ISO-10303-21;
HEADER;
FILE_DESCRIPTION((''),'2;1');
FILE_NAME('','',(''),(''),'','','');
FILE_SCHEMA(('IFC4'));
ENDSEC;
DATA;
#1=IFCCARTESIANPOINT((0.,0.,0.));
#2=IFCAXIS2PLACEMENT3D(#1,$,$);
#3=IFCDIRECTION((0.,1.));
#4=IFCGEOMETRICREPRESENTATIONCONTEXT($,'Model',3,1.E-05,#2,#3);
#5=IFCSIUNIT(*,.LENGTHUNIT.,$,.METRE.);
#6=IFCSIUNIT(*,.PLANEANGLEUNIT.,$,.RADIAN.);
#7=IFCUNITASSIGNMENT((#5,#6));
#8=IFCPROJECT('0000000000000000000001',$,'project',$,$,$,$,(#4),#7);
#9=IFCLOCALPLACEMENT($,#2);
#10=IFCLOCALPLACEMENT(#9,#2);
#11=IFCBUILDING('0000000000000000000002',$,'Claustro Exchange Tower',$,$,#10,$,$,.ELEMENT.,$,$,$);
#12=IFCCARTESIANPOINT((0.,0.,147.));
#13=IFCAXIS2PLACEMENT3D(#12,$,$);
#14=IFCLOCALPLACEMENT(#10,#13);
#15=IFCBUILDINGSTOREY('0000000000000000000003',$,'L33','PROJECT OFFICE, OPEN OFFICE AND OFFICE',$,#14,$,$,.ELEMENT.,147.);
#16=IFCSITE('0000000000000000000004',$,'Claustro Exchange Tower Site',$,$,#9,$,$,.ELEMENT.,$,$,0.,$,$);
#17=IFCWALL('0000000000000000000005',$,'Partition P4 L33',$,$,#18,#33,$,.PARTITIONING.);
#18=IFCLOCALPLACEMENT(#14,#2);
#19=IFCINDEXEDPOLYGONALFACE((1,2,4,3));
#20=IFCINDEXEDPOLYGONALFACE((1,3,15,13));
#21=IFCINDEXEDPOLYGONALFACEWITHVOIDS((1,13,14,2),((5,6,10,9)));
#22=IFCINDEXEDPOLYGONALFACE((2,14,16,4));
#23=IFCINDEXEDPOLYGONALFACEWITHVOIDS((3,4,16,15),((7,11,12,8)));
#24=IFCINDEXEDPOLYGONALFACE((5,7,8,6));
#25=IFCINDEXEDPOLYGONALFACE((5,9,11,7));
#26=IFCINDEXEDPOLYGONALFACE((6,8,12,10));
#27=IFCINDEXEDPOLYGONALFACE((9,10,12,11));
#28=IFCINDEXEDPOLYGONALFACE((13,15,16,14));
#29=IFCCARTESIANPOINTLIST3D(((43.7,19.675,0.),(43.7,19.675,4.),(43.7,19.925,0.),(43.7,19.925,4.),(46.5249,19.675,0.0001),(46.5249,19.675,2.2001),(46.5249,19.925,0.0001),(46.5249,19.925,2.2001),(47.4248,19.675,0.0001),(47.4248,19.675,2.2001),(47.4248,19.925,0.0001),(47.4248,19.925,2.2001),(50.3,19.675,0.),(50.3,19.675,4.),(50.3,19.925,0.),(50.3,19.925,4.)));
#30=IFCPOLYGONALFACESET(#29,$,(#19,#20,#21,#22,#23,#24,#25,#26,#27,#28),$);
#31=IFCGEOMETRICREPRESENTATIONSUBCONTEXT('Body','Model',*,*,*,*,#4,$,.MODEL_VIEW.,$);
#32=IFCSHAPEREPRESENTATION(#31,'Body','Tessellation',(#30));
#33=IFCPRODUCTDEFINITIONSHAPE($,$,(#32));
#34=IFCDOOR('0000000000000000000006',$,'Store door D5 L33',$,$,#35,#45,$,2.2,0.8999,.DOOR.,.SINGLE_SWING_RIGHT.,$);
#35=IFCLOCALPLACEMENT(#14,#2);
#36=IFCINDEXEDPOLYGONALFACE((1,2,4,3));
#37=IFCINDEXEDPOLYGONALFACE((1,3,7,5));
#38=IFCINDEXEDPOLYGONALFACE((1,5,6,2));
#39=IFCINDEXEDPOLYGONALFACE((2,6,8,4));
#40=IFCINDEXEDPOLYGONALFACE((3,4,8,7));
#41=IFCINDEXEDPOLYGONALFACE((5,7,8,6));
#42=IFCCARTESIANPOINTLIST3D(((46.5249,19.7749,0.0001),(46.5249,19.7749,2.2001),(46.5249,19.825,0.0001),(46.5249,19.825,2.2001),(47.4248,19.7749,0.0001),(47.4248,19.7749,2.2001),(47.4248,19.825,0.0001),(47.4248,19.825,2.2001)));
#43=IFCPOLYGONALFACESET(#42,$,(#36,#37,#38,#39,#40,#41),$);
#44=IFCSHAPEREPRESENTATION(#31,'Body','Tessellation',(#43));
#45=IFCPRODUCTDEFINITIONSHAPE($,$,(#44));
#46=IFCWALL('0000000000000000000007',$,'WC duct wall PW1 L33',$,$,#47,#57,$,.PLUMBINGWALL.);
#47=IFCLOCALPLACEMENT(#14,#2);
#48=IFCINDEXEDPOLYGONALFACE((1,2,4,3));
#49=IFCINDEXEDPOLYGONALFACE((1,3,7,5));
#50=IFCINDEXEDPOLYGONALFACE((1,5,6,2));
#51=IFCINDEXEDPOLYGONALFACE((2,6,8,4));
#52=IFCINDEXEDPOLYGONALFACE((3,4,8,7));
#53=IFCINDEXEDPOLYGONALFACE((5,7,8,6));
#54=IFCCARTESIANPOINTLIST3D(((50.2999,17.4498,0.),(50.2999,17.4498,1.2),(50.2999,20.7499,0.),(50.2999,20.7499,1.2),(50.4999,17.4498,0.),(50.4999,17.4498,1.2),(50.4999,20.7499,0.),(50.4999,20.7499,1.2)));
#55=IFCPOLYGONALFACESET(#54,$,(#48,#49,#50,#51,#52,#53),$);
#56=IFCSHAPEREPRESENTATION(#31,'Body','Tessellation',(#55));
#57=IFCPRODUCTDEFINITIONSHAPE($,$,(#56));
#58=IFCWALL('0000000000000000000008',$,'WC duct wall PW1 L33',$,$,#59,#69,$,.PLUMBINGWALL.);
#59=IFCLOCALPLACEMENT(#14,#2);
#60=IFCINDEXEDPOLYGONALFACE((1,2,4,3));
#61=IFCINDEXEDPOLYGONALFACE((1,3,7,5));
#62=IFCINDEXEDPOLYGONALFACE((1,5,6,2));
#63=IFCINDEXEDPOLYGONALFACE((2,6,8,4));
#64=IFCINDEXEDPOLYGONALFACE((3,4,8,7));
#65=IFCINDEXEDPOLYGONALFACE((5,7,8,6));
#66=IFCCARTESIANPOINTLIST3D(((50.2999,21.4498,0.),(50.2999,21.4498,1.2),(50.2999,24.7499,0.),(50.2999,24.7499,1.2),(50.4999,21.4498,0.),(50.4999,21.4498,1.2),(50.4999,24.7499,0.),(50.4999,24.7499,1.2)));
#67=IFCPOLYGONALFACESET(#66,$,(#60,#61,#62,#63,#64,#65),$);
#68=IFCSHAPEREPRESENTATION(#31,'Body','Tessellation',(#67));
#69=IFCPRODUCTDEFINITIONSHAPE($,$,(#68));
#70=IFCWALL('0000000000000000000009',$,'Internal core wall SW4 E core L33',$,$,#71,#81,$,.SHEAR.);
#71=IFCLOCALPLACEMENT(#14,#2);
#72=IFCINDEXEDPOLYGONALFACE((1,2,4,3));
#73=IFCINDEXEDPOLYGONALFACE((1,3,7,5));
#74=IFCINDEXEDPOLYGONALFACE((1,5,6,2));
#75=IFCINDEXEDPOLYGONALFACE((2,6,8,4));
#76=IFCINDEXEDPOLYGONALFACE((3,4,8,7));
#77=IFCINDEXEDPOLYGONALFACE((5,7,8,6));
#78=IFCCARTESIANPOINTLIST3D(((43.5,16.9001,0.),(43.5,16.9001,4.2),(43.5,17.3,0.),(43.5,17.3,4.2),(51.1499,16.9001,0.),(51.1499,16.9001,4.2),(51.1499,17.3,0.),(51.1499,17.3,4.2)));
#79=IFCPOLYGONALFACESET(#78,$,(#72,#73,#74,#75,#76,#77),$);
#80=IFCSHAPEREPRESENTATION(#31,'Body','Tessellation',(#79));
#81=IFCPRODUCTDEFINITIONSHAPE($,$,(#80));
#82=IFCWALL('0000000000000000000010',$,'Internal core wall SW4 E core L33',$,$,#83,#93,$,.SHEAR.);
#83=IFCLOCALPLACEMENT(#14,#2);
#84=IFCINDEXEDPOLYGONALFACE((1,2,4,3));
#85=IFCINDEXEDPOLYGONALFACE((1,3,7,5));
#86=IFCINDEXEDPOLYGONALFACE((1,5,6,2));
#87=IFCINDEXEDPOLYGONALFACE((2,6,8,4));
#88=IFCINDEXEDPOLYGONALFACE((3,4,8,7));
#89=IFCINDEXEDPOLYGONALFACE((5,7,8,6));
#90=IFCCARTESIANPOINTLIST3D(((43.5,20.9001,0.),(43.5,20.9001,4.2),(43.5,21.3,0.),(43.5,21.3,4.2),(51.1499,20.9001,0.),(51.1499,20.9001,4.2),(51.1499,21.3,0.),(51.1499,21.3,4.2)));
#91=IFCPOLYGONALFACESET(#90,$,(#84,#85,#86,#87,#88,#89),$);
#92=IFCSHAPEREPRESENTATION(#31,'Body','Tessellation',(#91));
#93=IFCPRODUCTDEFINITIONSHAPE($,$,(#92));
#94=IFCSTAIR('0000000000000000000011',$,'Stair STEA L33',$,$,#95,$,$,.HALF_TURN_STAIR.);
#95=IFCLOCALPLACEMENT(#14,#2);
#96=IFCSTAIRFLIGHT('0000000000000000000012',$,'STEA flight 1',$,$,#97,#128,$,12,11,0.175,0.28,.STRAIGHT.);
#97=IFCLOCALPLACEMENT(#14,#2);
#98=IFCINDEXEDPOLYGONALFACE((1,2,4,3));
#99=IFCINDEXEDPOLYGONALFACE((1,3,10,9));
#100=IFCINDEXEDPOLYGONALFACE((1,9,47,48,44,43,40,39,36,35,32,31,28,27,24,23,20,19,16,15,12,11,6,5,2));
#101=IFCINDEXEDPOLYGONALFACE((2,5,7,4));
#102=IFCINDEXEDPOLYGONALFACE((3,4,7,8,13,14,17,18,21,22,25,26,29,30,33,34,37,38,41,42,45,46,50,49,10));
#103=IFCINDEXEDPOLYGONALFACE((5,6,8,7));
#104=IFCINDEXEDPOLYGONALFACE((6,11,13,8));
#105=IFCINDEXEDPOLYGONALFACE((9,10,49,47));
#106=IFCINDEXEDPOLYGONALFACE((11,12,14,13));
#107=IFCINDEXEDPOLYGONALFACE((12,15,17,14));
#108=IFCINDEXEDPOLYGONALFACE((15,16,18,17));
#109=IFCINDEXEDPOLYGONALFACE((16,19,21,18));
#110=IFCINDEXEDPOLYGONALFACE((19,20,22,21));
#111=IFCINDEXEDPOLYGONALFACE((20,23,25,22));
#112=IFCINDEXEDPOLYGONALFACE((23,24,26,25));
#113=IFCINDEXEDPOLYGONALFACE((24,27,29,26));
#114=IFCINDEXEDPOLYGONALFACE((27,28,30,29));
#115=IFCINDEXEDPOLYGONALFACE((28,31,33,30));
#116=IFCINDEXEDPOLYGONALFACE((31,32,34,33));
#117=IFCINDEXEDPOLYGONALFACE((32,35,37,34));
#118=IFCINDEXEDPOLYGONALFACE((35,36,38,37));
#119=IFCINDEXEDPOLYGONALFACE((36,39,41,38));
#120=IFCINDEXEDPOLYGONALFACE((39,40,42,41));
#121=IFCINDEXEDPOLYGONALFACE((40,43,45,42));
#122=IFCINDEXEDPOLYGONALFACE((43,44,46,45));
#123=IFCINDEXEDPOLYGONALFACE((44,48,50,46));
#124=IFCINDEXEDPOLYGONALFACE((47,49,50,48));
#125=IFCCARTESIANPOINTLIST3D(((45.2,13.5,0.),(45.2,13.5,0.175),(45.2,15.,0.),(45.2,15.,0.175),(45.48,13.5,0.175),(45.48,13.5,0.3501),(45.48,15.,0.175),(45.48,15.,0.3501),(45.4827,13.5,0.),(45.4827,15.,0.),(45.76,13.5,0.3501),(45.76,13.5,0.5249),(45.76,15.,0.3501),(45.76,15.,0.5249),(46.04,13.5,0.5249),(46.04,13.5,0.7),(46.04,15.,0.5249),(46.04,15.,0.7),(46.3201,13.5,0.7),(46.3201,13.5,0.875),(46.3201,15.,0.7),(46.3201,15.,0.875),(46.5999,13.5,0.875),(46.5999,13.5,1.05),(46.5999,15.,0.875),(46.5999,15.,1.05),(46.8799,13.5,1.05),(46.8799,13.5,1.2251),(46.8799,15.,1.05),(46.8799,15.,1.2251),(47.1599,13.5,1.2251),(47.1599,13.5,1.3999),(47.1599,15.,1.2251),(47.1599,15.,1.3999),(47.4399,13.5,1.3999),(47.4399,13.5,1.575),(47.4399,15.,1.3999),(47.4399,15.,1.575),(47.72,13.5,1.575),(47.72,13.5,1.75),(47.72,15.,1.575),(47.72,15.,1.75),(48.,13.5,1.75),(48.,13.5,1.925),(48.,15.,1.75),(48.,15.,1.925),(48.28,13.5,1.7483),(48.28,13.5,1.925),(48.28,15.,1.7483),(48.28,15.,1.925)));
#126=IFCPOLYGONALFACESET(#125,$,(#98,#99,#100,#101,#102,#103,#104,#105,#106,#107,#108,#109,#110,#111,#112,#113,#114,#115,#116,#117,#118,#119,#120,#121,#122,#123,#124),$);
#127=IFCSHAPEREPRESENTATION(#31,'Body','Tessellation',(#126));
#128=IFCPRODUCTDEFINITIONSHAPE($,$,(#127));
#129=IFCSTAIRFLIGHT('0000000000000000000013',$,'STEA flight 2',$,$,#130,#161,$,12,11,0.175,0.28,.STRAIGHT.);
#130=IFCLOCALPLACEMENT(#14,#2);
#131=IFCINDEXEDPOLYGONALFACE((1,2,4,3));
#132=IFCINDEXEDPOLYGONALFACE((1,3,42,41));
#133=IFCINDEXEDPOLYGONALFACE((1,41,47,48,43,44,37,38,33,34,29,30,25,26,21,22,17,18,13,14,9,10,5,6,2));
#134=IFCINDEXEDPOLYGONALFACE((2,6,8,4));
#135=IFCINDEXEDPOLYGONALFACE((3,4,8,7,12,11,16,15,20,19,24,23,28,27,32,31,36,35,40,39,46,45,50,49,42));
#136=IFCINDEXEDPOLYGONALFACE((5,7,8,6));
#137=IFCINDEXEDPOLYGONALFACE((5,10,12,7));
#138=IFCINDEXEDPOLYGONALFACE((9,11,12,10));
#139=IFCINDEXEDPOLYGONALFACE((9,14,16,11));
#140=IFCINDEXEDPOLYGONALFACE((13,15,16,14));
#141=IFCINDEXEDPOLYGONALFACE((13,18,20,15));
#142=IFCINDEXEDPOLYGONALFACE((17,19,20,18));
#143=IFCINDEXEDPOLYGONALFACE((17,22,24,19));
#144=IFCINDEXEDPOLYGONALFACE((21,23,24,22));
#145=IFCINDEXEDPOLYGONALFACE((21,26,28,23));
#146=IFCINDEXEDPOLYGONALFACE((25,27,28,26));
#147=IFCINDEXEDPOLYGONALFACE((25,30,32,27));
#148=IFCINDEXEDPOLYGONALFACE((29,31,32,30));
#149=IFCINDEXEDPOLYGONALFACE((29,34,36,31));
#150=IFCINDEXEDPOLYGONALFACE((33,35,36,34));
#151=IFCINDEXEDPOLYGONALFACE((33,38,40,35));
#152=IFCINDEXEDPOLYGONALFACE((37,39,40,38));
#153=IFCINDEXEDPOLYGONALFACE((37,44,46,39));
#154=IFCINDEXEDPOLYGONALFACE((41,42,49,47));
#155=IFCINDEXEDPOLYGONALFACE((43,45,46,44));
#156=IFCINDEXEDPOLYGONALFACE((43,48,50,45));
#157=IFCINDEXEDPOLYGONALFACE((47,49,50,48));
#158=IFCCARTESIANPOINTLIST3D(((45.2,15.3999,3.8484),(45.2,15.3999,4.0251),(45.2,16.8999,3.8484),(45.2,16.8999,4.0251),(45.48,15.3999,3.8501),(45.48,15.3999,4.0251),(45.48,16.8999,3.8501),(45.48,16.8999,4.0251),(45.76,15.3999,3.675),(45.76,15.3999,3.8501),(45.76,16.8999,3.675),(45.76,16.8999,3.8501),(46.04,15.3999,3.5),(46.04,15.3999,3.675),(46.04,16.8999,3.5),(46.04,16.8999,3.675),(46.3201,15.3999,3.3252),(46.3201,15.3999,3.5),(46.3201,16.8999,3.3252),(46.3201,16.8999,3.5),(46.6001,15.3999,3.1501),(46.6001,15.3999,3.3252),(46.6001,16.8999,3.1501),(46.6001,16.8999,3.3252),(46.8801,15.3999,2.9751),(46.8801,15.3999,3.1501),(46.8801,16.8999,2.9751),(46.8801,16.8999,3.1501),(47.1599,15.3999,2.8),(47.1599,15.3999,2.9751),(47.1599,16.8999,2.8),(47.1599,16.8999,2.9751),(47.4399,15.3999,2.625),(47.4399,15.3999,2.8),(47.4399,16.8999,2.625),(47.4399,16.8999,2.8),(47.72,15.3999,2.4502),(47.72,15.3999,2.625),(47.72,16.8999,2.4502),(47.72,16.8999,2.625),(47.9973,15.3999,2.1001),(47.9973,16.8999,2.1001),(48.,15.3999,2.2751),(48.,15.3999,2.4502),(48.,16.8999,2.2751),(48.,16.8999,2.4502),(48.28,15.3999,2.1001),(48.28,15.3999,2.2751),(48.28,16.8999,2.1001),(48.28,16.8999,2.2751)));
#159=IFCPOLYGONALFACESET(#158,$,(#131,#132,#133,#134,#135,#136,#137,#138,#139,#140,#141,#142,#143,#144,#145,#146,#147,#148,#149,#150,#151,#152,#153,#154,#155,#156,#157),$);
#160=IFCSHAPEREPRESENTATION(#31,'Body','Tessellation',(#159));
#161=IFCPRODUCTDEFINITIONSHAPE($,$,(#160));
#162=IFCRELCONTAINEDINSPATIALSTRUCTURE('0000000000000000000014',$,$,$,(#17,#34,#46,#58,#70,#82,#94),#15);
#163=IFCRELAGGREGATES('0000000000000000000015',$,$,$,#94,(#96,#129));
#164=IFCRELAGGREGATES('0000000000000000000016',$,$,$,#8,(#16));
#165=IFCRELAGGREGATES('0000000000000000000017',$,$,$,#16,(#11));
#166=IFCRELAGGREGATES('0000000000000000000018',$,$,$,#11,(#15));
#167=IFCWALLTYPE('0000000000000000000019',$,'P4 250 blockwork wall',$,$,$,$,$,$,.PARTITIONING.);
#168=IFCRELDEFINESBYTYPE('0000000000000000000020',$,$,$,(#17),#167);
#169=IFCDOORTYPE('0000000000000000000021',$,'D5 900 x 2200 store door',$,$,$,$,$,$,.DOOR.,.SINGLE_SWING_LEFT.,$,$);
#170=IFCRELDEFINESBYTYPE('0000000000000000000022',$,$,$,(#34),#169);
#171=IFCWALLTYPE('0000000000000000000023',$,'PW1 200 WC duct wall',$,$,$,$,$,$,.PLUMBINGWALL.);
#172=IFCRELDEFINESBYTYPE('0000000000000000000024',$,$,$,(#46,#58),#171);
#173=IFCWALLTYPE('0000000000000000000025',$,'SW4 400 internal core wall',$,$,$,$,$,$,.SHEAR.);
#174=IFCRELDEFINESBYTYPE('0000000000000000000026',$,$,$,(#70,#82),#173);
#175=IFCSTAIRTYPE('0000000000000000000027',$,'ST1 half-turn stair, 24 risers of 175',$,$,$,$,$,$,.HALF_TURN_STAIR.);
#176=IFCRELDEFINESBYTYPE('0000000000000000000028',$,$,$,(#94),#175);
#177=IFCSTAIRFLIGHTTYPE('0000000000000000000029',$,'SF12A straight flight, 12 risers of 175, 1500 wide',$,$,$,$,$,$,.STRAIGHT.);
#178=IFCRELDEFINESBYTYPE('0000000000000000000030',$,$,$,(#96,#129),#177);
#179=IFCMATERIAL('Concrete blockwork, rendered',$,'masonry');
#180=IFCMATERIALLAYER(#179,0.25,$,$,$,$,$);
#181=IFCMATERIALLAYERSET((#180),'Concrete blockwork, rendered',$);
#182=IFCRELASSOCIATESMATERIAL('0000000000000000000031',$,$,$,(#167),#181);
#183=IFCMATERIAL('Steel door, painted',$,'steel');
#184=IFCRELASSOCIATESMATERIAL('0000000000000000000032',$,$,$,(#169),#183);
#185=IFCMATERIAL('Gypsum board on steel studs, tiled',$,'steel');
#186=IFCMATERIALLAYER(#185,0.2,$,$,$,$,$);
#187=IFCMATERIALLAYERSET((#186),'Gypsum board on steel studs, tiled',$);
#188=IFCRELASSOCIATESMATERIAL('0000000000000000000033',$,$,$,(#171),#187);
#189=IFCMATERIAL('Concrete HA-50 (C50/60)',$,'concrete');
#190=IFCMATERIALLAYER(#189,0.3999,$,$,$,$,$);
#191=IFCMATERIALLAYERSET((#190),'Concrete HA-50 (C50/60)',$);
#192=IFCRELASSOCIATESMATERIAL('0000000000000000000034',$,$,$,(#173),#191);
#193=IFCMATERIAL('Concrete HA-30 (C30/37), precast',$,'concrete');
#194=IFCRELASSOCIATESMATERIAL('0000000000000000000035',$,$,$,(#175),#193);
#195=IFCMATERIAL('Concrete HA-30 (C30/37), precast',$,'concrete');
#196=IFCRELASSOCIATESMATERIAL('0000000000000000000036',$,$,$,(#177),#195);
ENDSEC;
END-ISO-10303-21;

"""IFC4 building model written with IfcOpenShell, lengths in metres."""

from ifc_helpers import new_model, si_unit, direction, frame, frame_2d, origin, place, context, subcontext, project, spatial, polyline, rectangle, outline, extrude, material, layer, layer_set, type_object, element, fill, aggregate, save


model = new_model("IFC4")

# Units and contexts
model_context = context("Model", 3, precision=1e-05, world=origin(), true_north=direction((0.0, 1.0)))
body_context = subcontext(model_context, "Body", "Model", "MODEL_VIEW")
ifc_project = project(units=[si_unit("LENGTHUNIT", "METRE"), si_unit("PLANEANGLEUNIT", "RADIAN")], contexts=[model_context])

# Site, building, storey
site_placement = place(None, origin())
site = spatial("IfcSite", under=ifc_project, at=site_placement, Name="Claustro Exchange Tower Site", CompositionType="ELEMENT", RefElevation=0.0)
building_placement = place(site_placement, origin())
building = spatial("IfcBuilding", under=site, at=building_placement, Name="Claustro Exchange Tower", CompositionType="ELEMENT")
storey_placement = place(building_placement, frame((0.0, 0.0, 147.0)))
storey = spatial("IfcBuildingStorey", under=building, at=storey_placement, Name="L33", Description="PROJECT OFFICE, OPEN OFFICE AND OFFICE", CompositionType="ELEMENT", Elevation=147.0)

# Wall, opening, door
ifc_material_1 = material(Name="Concrete blockwork, rendered", Category="masonry")
ifc_layer_1 = layer(ifc_material_1, 0.25)
ifc_layer_set_1 = layer_set([ifc_layer_1], Name="Concrete blockwork, rendered")
wall_type_1 = type_object("IfcWallType", Name="P4 250 blockwork wall", PredefinedType="PARTITIONING", material=ifc_layer_set_1)
wall_placement = place(storey_placement, frame((43.7, 19.8, 0.0), z_axis=(0.0, 0.0, 1.0), x_axis=(1.0, 0.0, 0.0)))
wall = element("IfcWall", 1, at=wall_placement, inside=storey, type_object=wall_type_1, Name="Partition P4 L33", PredefinedType="PARTITIONING", context=body_context, shape_type="SweptSolid", body=[
    extrude(rectangle(XDim=6.6001, YDim=0.25, at=frame_2d((3.3, 0.0))), origin(), (0.0, 0.0, 1.0), 4.0),
])
opening_placement = place(wall_placement, frame((2.825, 0.0, 0.0)))
opening = element("IfcOpeningElement", 2, at=opening_placement, cuts=wall, PredefinedType="OPENING", context=body_context, shape_type="SweptSolid", body=[
    extrude(rectangle(XDim=0.8999, YDim=2.2, at=frame_2d((0.45, 1.1001))), frame((0.0, 0.135, 0.0), z_axis=(0.0, -1.0, 0.0), x_axis=(1.0, 0.0, 0.0)), (0.0, 0.0, 1.0), 0.27),
])
ifc_material_2 = material(Name="Steel door, painted", Category="steel")
door_type = type_object("IfcDoorType", Name="D5 900 x 2200 store door", OperationType="SINGLE_SWING_LEFT", PredefinedType="DOOR", material=ifc_material_2)
door_placement = place(opening_placement, origin())
door = element("IfcDoor", 3, at=door_placement, inside=storey, type_object=door_type, Name="Store door D5 L33", OperationType="SINGLE_SWING_RIGHT", OverallHeight=2.2, OverallWidth=0.8999, PredefinedType="DOOR", context=body_context, shape_type="SweptSolid", body=[
    extrude(rectangle(XDim=0.8999, YDim=2.2, at=frame_2d((0.45, 1.1001))), frame((0.0, 0.0249, 0.0), z_axis=(0.0, -1.0, 0.0), x_axis=(1.0, 0.0, 0.0)), (0.0, 0.0, 1.0), 0.05),
])
fill(opening, door)

# Walls
ifc_material_3 = material(Name="Gypsum board on steel studs, tiled", Category="steel")
ifc_layer_2 = layer(ifc_material_3, 0.2)
ifc_layer_set_2 = layer_set([ifc_layer_2], Name="Gypsum board on steel studs, tiled")
wall_type_2 = type_object("IfcWallType", Name="PW1 200 WC duct wall", PredefinedType="PLUMBINGWALL", material=ifc_layer_set_2)
for number, where, z_axis, x_axis, name in (
    (4, (50.3999, 17.45, 0.0), (0.0, 0.0, 1.0), (0.0, 1.0, 0.0), "WC duct wall PW1 L33"),
    (5, (50.3999, 21.45, 0.0), (0.0, 0.0, 1.0), (0.0, 1.0, 0.0), "WC duct wall PW1 L33"),
):
    element("IfcWall", number, at=place(storey_placement, frame(where, z_axis=z_axis, x_axis=x_axis)), inside=storey, type_object=wall_type_2, Name=name, PredefinedType="PLUMBINGWALL", context=body_context, shape_type="SweptSolid", body=[
        extrude(rectangle(XDim=3.3, YDim=0.2, at=frame_2d((1.6499, 0.0))), origin(), (0.0, 0.0, 1.0), 1.2),
    ])
ifc_material_4 = material(Name="Concrete HA-50 (C50/60)", Category="concrete")
ifc_layer_3 = layer(ifc_material_4, 0.3999)
ifc_layer_set_3 = layer_set([ifc_layer_3], Name="Concrete HA-50 (C50/60)")
wall_type_3 = type_object("IfcWallType", Name="SW4 400 internal core wall", PredefinedType="SHEAR", material=ifc_layer_set_3)
for number, where, z_axis, x_axis, name in (
    (6, (51.1499, 17.1001, 0.0), (0.0, 0.0, 1.0), (-1.0, 0.0, 0.0), "Internal core wall SW4 E core L33"),
    (7, (51.1499, 21.1001, 0.0), (0.0, 0.0, 1.0), (-1.0, 0.0, 0.0), "Internal core wall SW4 E core L33"),
):
    element("IfcWall", number, at=place(storey_placement, frame(where, z_axis=z_axis, x_axis=x_axis)), inside=storey, type_object=wall_type_3, Name=name, PredefinedType="SHEAR", context=body_context, shape_type="SweptSolid", body=[
        extrude(rectangle(XDim=7.6499, YDim=0.3999, at=frame_2d((3.825, 0.0))), origin(), (0.0, 0.0, 1.0), 4.2),
    ])

# Stair, stair flights
ifc_material_5 = material(Name="Concrete HA-30 (C30/37), precast", Category="concrete")
stair_type = type_object("IfcStairType", Name="ST1 half-turn stair, 24 risers of 175", PredefinedType="HALF_TURN_STAIR", material=ifc_material_5)
stair_placement = place(storey_placement, origin())
stair = element("IfcStair", 8, at=stair_placement, inside=storey, type_object=stair_type, Name="Stair STEA L33", PredefinedType="HALF_TURN_STAIR")
ifc_material_6 = material(Name="Concrete HA-30 (C30/37), precast", Category="concrete")
stair_flight_type = type_object("IfcStairFlightType", Name="SF12A straight flight, 12 risers of 175, 1500 wide", PredefinedType="STRAIGHT", material=ifc_material_6)
stair_flight_1_placement = place(storey_placement, frame((45.2, 14.25, 0.0), z_axis=(0.0, 0.0, 1.0), x_axis=(1.0, 0.0, 0.0)))
stair_flight_1 = element("IfcStairFlight", 9, at=stair_flight_1_placement, type_object=stair_flight_type, Name="STEA flight 1", NumberOfRisers=12, NumberOfTreads=11, PredefinedType="STRAIGHT", RiserHeight=0.175, TreadLength=0.28, context=body_context, shape_type="SweptSolid", body=[
    extrude(outline(polyline([(0.0, 0.0), (0.0, 0.175), (0.28, 0.175), (0.28, 0.3501), (0.5601, 0.3501), (0.5601, 0.5249), (0.8401, 0.5249), (0.8401, 0.7), (1.1201, 0.7), (1.1201, 0.875), (1.3999, 0.875), (1.3999, 1.05), (1.6799, 1.05), (1.6799, 1.2251), (1.96, 1.2251), (1.96, 1.3999), (2.24, 1.3999), (2.24, 1.575), (2.52, 1.575), (2.52, 1.75), (2.8, 1.75), (2.8, 1.925), (3.0801, 1.925), (3.0801, 2.1001), (3.0801, 1.7483), (0.2827, 0.0), (0.0, 0.0)])), frame((0.0, 0.75, 0.0), z_axis=(0.0, -1.0, 0.0), x_axis=(1.0, 0.0, 0.0)), (0.0, 0.0, 1.0), 1.5),
])
stair_flight_2_placement = place(storey_placement, frame((48.28, 16.1499, 2.1001), z_axis=(0.0, 0.0, 1.0), x_axis=(-1.0, 0.0, 0.0)))
stair_flight_2 = element("IfcStairFlight", 10, at=stair_flight_2_placement, type_object=stair_flight_type, Name="STEA flight 2", NumberOfRisers=12, NumberOfTreads=11, PredefinedType="STRAIGHT", RiserHeight=0.175, TreadLength=0.28, context=body_context, shape_type="SweptSolid", body=[
    extrude(outline(polyline([(0.0, 0.0), (0.0, 0.175), (0.28, 0.175), (0.28, 0.3501), (0.5601, 0.3501), (0.5601, 0.5249), (0.8401, 0.5249), (0.8401, 0.7), (1.1201, 0.7), (1.1201, 0.875), (1.3999, 0.875), (1.3999, 1.05), (1.6799, 1.05), (1.6799, 1.2251), (1.96, 1.2251), (1.96, 1.3999), (2.24, 1.3999), (2.24, 1.575), (2.52, 1.575), (2.52, 1.75), (2.8, 1.75), (2.8, 1.925), (3.0801, 1.925), (3.0801, 2.1001), (3.0801, 1.7483), (0.2827, 0.0), (0.0, 0.0)])), frame((0.0, 0.75, 0.0), z_axis=(0.0, -1.0, 0.0), x_axis=(1.0, 0.0, 0.0)), (0.0, 0.0, 1.0), 1.5),
])
aggregate(stair, [stair_flight_1, stair_flight_2])

save(model, "model.ifc")
